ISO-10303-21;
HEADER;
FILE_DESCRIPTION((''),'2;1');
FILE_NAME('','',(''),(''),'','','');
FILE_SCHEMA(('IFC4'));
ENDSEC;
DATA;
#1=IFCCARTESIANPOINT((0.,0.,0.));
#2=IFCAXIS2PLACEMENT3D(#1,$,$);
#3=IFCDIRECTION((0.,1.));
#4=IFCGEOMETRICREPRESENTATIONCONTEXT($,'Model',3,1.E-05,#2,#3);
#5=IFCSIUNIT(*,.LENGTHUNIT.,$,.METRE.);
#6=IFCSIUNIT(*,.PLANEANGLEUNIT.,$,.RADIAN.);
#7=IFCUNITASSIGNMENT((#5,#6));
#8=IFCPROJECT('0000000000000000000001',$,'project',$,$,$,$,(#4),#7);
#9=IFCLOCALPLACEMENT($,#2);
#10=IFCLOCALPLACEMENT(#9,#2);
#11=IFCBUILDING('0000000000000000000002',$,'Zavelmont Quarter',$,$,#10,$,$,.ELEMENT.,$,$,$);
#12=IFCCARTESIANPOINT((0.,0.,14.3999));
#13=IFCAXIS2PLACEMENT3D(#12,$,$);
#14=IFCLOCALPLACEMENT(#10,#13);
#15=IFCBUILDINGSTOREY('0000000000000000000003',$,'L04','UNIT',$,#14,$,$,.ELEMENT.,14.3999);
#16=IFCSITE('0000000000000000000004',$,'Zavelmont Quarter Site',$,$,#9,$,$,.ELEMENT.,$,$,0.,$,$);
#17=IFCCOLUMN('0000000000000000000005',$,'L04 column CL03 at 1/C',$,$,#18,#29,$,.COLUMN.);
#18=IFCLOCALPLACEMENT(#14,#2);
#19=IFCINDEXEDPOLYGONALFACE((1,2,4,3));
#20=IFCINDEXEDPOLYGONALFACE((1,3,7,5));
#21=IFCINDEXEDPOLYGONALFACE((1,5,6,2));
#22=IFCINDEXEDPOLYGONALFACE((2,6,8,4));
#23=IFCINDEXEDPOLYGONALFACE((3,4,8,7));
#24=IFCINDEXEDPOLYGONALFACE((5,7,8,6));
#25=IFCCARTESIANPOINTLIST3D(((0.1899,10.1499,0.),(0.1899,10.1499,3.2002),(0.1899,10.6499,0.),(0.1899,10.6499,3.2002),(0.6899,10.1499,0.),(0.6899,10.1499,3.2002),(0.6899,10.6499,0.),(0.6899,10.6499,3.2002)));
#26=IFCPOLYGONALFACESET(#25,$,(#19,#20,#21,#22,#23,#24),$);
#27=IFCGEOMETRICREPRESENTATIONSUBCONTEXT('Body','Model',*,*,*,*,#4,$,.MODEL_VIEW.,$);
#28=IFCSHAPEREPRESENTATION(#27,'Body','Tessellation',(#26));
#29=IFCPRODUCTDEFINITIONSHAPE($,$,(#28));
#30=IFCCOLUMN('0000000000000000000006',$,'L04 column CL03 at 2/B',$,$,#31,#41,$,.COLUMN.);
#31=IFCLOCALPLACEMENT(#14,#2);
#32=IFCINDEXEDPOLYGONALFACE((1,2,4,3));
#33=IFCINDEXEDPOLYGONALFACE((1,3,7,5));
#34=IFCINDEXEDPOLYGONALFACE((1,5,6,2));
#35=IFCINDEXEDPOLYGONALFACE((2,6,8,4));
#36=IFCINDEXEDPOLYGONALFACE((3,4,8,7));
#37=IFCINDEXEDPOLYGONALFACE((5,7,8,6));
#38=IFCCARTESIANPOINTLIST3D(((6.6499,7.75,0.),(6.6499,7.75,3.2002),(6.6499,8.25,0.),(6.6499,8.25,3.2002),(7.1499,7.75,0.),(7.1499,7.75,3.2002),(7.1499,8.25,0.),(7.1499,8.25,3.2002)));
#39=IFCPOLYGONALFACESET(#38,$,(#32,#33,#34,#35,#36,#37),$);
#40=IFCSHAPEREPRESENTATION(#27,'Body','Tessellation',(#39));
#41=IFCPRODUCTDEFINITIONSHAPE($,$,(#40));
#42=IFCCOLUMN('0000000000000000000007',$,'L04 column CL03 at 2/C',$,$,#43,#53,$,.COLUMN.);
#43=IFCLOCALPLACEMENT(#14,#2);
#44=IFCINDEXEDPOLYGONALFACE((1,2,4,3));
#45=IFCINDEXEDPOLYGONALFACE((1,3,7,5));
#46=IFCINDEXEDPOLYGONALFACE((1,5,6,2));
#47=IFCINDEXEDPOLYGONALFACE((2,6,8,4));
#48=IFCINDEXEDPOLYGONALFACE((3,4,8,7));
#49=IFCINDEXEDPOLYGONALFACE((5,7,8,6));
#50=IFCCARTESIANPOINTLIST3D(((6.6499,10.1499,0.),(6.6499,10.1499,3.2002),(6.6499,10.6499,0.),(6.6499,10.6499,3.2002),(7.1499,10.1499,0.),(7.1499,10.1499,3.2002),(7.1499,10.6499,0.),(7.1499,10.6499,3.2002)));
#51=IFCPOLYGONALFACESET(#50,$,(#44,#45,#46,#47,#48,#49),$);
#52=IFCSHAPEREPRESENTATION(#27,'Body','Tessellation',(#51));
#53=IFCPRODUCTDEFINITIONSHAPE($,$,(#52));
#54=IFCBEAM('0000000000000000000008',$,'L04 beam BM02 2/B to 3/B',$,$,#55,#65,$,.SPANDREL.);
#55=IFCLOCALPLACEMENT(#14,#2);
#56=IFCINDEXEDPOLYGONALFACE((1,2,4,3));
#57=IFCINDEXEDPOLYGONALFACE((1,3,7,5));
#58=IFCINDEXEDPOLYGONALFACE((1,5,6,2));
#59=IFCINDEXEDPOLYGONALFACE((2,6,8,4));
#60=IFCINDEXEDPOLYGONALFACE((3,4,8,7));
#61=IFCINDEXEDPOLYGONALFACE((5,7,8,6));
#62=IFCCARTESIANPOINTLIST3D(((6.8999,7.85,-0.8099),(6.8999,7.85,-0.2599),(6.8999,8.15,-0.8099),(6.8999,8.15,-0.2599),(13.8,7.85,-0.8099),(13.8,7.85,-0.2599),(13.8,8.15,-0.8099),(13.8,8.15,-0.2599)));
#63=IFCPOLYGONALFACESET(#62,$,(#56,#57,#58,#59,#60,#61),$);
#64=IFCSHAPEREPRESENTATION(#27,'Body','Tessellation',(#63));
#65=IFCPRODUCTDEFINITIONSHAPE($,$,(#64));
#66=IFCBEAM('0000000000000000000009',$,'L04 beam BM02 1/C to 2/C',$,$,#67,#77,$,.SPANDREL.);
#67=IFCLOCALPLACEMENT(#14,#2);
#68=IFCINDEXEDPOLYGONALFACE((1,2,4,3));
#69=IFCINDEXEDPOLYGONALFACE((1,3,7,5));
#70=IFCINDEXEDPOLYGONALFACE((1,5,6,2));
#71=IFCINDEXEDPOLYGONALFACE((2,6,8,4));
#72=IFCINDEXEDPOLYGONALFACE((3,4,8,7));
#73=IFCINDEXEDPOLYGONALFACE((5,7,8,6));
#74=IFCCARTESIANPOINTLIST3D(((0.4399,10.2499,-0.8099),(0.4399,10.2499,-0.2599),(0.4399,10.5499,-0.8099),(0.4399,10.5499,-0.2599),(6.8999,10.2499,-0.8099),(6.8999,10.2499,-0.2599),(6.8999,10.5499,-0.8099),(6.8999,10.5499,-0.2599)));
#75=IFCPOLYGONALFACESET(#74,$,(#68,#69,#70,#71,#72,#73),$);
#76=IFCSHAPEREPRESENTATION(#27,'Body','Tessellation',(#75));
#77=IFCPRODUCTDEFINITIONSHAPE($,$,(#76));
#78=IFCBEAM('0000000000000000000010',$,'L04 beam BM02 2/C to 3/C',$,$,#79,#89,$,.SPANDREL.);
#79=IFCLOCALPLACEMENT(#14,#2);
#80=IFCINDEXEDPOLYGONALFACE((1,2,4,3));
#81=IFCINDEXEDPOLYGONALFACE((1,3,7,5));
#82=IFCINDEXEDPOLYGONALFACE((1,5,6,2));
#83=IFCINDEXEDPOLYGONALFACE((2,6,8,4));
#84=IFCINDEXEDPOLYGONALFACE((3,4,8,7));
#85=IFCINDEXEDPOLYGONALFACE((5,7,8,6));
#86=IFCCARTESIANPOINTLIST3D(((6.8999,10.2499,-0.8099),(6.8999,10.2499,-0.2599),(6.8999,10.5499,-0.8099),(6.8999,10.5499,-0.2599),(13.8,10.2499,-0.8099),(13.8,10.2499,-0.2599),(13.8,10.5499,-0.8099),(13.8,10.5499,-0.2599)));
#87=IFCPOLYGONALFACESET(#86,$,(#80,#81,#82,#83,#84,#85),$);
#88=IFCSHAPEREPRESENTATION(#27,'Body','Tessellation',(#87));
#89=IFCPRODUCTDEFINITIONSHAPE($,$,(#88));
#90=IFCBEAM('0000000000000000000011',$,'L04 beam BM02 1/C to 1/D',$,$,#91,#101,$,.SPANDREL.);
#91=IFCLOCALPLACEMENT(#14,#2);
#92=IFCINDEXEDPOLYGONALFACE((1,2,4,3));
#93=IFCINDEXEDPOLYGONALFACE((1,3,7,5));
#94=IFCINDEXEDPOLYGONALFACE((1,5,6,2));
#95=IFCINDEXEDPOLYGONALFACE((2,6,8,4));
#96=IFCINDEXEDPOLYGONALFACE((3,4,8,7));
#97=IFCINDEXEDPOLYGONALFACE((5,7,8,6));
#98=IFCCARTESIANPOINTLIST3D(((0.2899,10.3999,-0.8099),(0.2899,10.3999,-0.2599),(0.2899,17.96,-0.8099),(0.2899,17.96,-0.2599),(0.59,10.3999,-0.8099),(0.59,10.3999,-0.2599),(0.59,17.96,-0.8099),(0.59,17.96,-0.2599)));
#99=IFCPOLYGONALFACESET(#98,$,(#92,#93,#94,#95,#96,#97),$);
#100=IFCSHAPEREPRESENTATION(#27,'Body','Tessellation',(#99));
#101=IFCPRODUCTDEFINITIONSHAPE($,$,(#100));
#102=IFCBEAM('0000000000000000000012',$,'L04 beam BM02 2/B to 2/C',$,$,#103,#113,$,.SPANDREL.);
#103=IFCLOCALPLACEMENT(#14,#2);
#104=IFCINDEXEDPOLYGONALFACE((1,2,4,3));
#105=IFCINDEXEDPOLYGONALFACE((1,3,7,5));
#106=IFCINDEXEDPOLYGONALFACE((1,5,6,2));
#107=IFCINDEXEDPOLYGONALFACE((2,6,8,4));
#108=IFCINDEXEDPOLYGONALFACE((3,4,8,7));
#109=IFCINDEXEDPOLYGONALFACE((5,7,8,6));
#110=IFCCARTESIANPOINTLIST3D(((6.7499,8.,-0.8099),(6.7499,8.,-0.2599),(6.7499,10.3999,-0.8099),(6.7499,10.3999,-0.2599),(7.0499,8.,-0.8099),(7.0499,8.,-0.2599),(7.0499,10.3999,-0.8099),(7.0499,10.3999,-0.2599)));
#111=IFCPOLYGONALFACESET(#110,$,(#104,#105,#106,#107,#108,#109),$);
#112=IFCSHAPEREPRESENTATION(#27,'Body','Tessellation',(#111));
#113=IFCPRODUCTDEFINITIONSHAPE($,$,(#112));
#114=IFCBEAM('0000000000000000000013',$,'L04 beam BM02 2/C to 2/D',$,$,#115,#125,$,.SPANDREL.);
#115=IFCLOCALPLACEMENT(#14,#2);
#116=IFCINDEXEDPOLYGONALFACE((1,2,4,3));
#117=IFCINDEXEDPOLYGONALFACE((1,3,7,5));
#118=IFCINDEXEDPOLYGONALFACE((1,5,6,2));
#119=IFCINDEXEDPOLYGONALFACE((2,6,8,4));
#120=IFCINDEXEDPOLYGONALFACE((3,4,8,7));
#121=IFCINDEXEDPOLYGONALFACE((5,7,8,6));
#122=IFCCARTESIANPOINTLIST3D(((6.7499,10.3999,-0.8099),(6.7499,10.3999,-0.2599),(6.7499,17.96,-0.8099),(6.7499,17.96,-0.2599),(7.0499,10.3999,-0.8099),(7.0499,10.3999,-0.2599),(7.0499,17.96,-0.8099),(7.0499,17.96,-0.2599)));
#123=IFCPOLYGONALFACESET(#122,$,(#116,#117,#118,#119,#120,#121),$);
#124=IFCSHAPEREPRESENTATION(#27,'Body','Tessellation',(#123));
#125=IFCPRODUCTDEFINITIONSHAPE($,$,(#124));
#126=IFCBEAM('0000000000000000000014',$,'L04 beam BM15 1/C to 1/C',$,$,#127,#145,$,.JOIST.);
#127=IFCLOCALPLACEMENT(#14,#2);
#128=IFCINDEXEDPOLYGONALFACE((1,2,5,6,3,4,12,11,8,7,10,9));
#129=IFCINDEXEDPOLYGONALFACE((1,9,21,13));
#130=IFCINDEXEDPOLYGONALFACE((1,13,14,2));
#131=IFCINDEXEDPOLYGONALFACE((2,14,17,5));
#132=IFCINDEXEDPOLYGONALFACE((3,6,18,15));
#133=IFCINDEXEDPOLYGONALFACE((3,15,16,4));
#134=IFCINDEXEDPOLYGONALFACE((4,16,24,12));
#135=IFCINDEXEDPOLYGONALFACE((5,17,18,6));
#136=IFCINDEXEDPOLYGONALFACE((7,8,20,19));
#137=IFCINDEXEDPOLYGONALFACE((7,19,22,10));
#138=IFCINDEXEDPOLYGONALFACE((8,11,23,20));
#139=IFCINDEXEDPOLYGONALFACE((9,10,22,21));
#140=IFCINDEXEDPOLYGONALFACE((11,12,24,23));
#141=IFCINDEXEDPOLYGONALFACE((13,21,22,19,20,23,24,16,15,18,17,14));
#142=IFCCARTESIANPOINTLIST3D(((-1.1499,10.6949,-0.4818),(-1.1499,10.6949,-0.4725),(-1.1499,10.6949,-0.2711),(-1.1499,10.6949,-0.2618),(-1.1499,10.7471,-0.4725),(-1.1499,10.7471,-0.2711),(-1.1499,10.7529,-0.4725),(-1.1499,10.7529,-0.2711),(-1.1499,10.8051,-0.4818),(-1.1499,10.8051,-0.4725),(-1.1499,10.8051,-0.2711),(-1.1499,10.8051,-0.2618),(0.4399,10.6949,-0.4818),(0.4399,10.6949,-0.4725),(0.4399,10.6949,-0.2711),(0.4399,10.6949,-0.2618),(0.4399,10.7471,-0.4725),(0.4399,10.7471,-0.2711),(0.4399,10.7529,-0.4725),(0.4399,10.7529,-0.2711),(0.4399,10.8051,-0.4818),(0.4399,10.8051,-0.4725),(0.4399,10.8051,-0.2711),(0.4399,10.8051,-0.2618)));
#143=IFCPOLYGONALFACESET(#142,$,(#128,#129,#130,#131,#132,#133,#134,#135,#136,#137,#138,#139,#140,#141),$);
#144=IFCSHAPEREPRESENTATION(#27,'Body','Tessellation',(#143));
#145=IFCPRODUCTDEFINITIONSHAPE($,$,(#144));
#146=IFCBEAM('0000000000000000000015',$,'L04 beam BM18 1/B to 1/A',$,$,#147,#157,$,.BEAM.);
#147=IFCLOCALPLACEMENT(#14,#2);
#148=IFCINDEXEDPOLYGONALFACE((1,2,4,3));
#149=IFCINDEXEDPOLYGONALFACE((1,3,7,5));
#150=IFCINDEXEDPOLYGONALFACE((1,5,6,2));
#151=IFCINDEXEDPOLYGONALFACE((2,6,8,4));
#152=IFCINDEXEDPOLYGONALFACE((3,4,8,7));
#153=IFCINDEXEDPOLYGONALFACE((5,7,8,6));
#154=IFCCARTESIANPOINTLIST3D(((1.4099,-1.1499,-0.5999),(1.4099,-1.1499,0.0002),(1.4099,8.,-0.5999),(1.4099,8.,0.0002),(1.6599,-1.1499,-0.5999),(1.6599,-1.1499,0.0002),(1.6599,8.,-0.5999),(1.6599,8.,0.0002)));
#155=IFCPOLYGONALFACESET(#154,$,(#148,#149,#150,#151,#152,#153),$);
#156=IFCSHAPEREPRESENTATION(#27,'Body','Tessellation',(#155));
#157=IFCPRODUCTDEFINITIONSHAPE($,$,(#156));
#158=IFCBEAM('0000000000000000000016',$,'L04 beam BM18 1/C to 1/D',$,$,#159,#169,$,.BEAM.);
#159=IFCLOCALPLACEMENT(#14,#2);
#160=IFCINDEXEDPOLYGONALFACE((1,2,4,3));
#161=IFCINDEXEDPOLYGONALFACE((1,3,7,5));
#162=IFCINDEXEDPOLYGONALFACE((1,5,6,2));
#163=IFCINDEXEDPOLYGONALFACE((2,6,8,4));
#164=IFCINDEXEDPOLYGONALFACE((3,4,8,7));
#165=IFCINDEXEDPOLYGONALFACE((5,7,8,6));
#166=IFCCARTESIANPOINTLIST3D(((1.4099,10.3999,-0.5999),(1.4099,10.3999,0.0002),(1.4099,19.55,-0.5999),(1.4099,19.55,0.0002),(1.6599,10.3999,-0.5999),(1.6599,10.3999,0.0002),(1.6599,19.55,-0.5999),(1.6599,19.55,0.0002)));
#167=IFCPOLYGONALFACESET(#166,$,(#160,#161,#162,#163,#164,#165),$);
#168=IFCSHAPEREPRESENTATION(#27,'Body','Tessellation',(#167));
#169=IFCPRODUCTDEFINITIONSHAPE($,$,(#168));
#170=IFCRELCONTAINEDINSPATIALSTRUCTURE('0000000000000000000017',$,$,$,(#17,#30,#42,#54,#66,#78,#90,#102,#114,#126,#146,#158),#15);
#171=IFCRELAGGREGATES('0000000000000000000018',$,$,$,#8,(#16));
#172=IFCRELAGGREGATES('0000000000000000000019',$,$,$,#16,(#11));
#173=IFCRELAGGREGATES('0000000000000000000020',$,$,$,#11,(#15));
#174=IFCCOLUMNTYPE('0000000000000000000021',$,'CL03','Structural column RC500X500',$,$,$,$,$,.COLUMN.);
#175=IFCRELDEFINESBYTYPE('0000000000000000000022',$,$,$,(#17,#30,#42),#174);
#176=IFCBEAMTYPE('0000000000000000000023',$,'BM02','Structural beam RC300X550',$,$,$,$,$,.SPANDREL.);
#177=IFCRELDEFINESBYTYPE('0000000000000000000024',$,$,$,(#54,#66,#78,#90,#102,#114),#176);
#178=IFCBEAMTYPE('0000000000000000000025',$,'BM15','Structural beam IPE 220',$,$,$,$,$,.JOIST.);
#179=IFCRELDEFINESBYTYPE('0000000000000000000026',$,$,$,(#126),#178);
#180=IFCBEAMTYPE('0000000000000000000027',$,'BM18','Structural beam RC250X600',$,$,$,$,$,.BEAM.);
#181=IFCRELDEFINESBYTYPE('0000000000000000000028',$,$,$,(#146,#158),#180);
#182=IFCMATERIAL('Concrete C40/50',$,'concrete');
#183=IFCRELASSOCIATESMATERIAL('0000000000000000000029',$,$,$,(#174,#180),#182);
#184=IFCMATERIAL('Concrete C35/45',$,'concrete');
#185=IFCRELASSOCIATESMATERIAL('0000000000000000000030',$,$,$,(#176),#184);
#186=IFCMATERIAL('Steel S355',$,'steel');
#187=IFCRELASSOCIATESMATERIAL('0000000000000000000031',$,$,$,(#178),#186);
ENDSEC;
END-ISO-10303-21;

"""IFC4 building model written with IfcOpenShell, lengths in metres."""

from ifc_helpers import new_model, si_unit, direction, frame, origin, origin_2d, place, context, subcontext, project, spatial, rectangle, i_section, extrude, material, material_profile, profile_set, type_object, element, save


model = new_model("IFC4")

# Units and contexts
model_context = context("Model", 3, precision=1e-05, world=origin(), true_north=direction((0.0, 1.0)))
body_context = subcontext(model_context, "Body", "Model", "MODEL_VIEW")
ifc_project = project(units=[si_unit("LENGTHUNIT", "METRE"), si_unit("PLANEANGLEUNIT", "RADIAN")], contexts=[model_context])

# Site, building, storey
site_placement = place(None, origin())
site = spatial("IfcSite", under=ifc_project, at=site_placement, Name="Zavelmont Quarter Site", CompositionType="ELEMENT", RefElevation=0.0)
building_placement = place(site_placement, origin())
building = spatial("IfcBuilding", under=site, at=building_placement, Name="Zavelmont Quarter", CompositionType="ELEMENT")
storey_placement = place(building_placement, frame((0.0, 0.0, 14.3999)))
storey = spatial("IfcBuildingStorey", under=building, at=storey_placement, Name="L04", Description="UNIT", CompositionType="ELEMENT", Elevation=14.3999)

# Columns
ifc_material_1 = material(Name="Concrete C40/50", Category="concrete")
ifc_material_profile_1 = material_profile(ifc_material_1, rectangle(XDim=0.5, YDim=0.5, at=origin_2d()), Name="RC500X500")
ifc_profile_set_1 = profile_set([ifc_material_profile_1], Name="Concrete C40/50")
column_type = type_object("IfcColumnType", Name="CL03", Description="Structural column RC500X500", PredefinedType="COLUMN", material=ifc_profile_set_1)
for number, where, z_axis, x_axis, name in (
    (1, (0.4399, 10.3999, 0.0), (0.0, 0.0, 1.0), (1.0, 0.0, 0.0), "L04 column CL03 at 1/C"),
    (2, (6.8999, 8.0, 0.0), (0.0, 0.0, 1.0), (1.0, 0.0, 0.0), "L04 column CL03 at 2/B"),
    (3, (6.8999, 10.3999, 0.0), (0.0, 0.0, 1.0), (1.0, 0.0, 0.0), "L04 column CL03 at 2/C"),
):
    element("IfcColumn", number, at=place(storey_placement, frame(where, z_axis=z_axis, x_axis=x_axis)), inside=storey, type_object=column_type, Name=name, PredefinedType="COLUMN", context=body_context, shape_type="SweptSolid", body=[
        extrude(rectangle(XDim=0.5, YDim=0.5, at=origin_2d()), origin(), (0.0, 0.0, 1.0), 3.2002),
    ])

# Beams
ifc_material_2 = material(Name="Concrete C35/45", Category="concrete")
ifc_material_profile_2 = material_profile(ifc_material_2, rectangle(XDim=0.3, YDim=0.55, at=origin_2d()), Name="RC300X550")
ifc_profile_set_2 = profile_set([ifc_material_profile_2], Name="Concrete C35/45")
beam_type_1 = type_object("IfcBeamType", Name="BM02", Description="Structural beam RC300X550", PredefinedType="SPANDREL", material=ifc_profile_set_2)
beam_1_placement = place(storey_placement, frame((6.8999, 8.0, -0.5349), z_axis=(1.0, 0.0, 0.0), x_axis=(0.0, 1.0, 0.0)))
element("IfcBeam", 4, at=beam_1_placement, inside=storey, type_object=beam_type_1, Name="L04 beam BM02 2/B to 3/B", PredefinedType="SPANDREL", context=body_context, shape_type="SweptSolid", body=[
    extrude(rectangle(XDim=0.3, YDim=0.55, at=origin_2d()), origin(), (0.0, 0.0, 1.0), 6.9001),
])
beam_2_placement = place(storey_placement, frame((0.4399, 10.3999, -0.5349), z_axis=(1.0, 0.0, 0.0), x_axis=(0.0, 1.0, 0.0)))
element("IfcBeam", 5, at=beam_2_placement, inside=storey, type_object=beam_type_1, Name="L04 beam BM02 1/C to 2/C", PredefinedType="SPANDREL", context=body_context, shape_type="SweptSolid", body=[
    extrude(rectangle(XDim=0.3, YDim=0.55, at=origin_2d()), origin(), (0.0, 0.0, 1.0), 6.46),
])
beam_3_placement = place(storey_placement, frame((6.8999, 10.3999, -0.5349), z_axis=(1.0, 0.0, 0.0), x_axis=(0.0, 1.0, 0.0)))
element("IfcBeam", 6, at=beam_3_placement, inside=storey, type_object=beam_type_1, Name="L04 beam BM02 2/C to 3/C", PredefinedType="SPANDREL", context=body_context, shape_type="SweptSolid", body=[
    extrude(rectangle(XDim=0.3, YDim=0.55, at=origin_2d()), origin(), (0.0, 0.0, 1.0), 6.9001),
])
beam_4_placement = place(storey_placement, frame((0.4399, 10.3999, -0.5349), z_axis=(0.0, 1.0, 0.0), x_axis=(-1.0, 0.0, 0.0)))
element("IfcBeam", 7, at=beam_4_placement, inside=storey, type_object=beam_type_1, Name="L04 beam BM02 1/C to 1/D", PredefinedType="SPANDREL", context=body_context, shape_type="SweptSolid", body=[
    extrude(rectangle(XDim=0.3, YDim=0.55, at=origin_2d()), origin(), (0.0, 0.0, 1.0), 7.5601),
])
beam_5_placement = place(storey_placement, frame((6.8999, 8.0, -0.5349), z_axis=(0.0, 1.0, 0.0), x_axis=(-1.0, 0.0, 0.0)))
element("IfcBeam", 8, at=beam_5_placement, inside=storey, type_object=beam_type_1, Name="L04 beam BM02 2/B to 2/C", PredefinedType="SPANDREL", context=body_context, shape_type="SweptSolid", body=[
    extrude(rectangle(XDim=0.3, YDim=0.55, at=origin_2d()), origin(), (0.0, 0.0, 1.0), 2.3999),
])
beam_6_placement = place(storey_placement, frame((6.8999, 10.3999, -0.5349), z_axis=(0.0, 1.0, 0.0), x_axis=(-1.0, 0.0, 0.0)))
element("IfcBeam", 9, at=beam_6_placement, inside=storey, type_object=beam_type_1, Name="L04 beam BM02 2/C to 2/D", PredefinedType="SPANDREL", context=body_context, shape_type="SweptSolid", body=[
    extrude(rectangle(XDim=0.3, YDim=0.55, at=origin_2d()), origin(), (0.0, 0.0, 1.0), 7.5601),
])
ifc_material_3 = material(Name="Steel S355", Category="steel")
ifc_material_profile_3 = material_profile(ifc_material_3, i_section(OverallWidth=0.1101, OverallDepth=0.22, WebThickness=0.0059, FlangeThickness=0.0093, at=origin_2d()), Name="IPE 220")
ifc_profile_set_3 = profile_set([ifc_material_profile_3], Name="Steel S355")
beam_type_2 = type_object("IfcBeamType", Name="BM15", Description="Structural beam IPE 220", PredefinedType="JOIST", material=ifc_profile_set_3)
beam_7_placement = place(storey_placement, frame((0.4399, 10.75, -0.3718), z_axis=(-1.0, 0.0, 0.0), x_axis=(0.0, -1.0, 0.0)))
element("IfcBeam", 10, at=beam_7_placement, inside=storey, type_object=beam_type_2, Name="L04 beam BM15 1/C to 1/C", PredefinedType="JOIST", context=body_context, shape_type="SweptSolid", body=[
    extrude(i_section(OverallWidth=0.1101, OverallDepth=0.22, WebThickness=0.0059, FlangeThickness=0.0093, at=origin_2d()), origin(), (0.0, 0.0, 1.0), 1.5898),
])
ifc_material_profile_4 = material_profile(ifc_material_1, rectangle(XDim=0.25, YDim=0.6001, at=origin_2d()), Name="RC250X600")
ifc_profile_set_4 = profile_set([ifc_material_profile_4], Name="Concrete C40/50")
beam_type_3 = type_object("IfcBeamType", Name="BM18", Description="Structural beam RC250X600", PredefinedType="BEAM", material=ifc_profile_set_4)
beam_8_placement = place(storey_placement, frame((1.5349, 8.0, -0.2998), z_axis=(0.0, -1.0, 0.0), x_axis=(1.0, 0.0, 0.0)))
element("IfcBeam", 11, at=beam_8_placement, inside=storey, type_object=beam_type_3, Name="L04 beam BM18 1/B to 1/A", PredefinedType="BEAM", context=body_context, shape_type="SweptSolid", body=[
    extrude(rectangle(XDim=0.25, YDim=0.6001, at=origin_2d()), origin(), (0.0, 0.0, 1.0), 9.1499),
])
beam_9_placement = place(storey_placement, frame((1.5349, 10.3999, -0.2998), z_axis=(0.0, 1.0, 0.0), x_axis=(-1.0, 0.0, 0.0)))
element("IfcBeam", 12, at=beam_9_placement, inside=storey, type_object=beam_type_3, Name="L04 beam BM18 1/C to 1/D", PredefinedType="BEAM", context=body_context, shape_type="SweptSolid", body=[
    extrude(rectangle(XDim=0.25, YDim=0.6001, at=origin_2d()), origin(), (0.0, 0.0, 1.0), 9.1501),
])

save(model, "model.ifc")
